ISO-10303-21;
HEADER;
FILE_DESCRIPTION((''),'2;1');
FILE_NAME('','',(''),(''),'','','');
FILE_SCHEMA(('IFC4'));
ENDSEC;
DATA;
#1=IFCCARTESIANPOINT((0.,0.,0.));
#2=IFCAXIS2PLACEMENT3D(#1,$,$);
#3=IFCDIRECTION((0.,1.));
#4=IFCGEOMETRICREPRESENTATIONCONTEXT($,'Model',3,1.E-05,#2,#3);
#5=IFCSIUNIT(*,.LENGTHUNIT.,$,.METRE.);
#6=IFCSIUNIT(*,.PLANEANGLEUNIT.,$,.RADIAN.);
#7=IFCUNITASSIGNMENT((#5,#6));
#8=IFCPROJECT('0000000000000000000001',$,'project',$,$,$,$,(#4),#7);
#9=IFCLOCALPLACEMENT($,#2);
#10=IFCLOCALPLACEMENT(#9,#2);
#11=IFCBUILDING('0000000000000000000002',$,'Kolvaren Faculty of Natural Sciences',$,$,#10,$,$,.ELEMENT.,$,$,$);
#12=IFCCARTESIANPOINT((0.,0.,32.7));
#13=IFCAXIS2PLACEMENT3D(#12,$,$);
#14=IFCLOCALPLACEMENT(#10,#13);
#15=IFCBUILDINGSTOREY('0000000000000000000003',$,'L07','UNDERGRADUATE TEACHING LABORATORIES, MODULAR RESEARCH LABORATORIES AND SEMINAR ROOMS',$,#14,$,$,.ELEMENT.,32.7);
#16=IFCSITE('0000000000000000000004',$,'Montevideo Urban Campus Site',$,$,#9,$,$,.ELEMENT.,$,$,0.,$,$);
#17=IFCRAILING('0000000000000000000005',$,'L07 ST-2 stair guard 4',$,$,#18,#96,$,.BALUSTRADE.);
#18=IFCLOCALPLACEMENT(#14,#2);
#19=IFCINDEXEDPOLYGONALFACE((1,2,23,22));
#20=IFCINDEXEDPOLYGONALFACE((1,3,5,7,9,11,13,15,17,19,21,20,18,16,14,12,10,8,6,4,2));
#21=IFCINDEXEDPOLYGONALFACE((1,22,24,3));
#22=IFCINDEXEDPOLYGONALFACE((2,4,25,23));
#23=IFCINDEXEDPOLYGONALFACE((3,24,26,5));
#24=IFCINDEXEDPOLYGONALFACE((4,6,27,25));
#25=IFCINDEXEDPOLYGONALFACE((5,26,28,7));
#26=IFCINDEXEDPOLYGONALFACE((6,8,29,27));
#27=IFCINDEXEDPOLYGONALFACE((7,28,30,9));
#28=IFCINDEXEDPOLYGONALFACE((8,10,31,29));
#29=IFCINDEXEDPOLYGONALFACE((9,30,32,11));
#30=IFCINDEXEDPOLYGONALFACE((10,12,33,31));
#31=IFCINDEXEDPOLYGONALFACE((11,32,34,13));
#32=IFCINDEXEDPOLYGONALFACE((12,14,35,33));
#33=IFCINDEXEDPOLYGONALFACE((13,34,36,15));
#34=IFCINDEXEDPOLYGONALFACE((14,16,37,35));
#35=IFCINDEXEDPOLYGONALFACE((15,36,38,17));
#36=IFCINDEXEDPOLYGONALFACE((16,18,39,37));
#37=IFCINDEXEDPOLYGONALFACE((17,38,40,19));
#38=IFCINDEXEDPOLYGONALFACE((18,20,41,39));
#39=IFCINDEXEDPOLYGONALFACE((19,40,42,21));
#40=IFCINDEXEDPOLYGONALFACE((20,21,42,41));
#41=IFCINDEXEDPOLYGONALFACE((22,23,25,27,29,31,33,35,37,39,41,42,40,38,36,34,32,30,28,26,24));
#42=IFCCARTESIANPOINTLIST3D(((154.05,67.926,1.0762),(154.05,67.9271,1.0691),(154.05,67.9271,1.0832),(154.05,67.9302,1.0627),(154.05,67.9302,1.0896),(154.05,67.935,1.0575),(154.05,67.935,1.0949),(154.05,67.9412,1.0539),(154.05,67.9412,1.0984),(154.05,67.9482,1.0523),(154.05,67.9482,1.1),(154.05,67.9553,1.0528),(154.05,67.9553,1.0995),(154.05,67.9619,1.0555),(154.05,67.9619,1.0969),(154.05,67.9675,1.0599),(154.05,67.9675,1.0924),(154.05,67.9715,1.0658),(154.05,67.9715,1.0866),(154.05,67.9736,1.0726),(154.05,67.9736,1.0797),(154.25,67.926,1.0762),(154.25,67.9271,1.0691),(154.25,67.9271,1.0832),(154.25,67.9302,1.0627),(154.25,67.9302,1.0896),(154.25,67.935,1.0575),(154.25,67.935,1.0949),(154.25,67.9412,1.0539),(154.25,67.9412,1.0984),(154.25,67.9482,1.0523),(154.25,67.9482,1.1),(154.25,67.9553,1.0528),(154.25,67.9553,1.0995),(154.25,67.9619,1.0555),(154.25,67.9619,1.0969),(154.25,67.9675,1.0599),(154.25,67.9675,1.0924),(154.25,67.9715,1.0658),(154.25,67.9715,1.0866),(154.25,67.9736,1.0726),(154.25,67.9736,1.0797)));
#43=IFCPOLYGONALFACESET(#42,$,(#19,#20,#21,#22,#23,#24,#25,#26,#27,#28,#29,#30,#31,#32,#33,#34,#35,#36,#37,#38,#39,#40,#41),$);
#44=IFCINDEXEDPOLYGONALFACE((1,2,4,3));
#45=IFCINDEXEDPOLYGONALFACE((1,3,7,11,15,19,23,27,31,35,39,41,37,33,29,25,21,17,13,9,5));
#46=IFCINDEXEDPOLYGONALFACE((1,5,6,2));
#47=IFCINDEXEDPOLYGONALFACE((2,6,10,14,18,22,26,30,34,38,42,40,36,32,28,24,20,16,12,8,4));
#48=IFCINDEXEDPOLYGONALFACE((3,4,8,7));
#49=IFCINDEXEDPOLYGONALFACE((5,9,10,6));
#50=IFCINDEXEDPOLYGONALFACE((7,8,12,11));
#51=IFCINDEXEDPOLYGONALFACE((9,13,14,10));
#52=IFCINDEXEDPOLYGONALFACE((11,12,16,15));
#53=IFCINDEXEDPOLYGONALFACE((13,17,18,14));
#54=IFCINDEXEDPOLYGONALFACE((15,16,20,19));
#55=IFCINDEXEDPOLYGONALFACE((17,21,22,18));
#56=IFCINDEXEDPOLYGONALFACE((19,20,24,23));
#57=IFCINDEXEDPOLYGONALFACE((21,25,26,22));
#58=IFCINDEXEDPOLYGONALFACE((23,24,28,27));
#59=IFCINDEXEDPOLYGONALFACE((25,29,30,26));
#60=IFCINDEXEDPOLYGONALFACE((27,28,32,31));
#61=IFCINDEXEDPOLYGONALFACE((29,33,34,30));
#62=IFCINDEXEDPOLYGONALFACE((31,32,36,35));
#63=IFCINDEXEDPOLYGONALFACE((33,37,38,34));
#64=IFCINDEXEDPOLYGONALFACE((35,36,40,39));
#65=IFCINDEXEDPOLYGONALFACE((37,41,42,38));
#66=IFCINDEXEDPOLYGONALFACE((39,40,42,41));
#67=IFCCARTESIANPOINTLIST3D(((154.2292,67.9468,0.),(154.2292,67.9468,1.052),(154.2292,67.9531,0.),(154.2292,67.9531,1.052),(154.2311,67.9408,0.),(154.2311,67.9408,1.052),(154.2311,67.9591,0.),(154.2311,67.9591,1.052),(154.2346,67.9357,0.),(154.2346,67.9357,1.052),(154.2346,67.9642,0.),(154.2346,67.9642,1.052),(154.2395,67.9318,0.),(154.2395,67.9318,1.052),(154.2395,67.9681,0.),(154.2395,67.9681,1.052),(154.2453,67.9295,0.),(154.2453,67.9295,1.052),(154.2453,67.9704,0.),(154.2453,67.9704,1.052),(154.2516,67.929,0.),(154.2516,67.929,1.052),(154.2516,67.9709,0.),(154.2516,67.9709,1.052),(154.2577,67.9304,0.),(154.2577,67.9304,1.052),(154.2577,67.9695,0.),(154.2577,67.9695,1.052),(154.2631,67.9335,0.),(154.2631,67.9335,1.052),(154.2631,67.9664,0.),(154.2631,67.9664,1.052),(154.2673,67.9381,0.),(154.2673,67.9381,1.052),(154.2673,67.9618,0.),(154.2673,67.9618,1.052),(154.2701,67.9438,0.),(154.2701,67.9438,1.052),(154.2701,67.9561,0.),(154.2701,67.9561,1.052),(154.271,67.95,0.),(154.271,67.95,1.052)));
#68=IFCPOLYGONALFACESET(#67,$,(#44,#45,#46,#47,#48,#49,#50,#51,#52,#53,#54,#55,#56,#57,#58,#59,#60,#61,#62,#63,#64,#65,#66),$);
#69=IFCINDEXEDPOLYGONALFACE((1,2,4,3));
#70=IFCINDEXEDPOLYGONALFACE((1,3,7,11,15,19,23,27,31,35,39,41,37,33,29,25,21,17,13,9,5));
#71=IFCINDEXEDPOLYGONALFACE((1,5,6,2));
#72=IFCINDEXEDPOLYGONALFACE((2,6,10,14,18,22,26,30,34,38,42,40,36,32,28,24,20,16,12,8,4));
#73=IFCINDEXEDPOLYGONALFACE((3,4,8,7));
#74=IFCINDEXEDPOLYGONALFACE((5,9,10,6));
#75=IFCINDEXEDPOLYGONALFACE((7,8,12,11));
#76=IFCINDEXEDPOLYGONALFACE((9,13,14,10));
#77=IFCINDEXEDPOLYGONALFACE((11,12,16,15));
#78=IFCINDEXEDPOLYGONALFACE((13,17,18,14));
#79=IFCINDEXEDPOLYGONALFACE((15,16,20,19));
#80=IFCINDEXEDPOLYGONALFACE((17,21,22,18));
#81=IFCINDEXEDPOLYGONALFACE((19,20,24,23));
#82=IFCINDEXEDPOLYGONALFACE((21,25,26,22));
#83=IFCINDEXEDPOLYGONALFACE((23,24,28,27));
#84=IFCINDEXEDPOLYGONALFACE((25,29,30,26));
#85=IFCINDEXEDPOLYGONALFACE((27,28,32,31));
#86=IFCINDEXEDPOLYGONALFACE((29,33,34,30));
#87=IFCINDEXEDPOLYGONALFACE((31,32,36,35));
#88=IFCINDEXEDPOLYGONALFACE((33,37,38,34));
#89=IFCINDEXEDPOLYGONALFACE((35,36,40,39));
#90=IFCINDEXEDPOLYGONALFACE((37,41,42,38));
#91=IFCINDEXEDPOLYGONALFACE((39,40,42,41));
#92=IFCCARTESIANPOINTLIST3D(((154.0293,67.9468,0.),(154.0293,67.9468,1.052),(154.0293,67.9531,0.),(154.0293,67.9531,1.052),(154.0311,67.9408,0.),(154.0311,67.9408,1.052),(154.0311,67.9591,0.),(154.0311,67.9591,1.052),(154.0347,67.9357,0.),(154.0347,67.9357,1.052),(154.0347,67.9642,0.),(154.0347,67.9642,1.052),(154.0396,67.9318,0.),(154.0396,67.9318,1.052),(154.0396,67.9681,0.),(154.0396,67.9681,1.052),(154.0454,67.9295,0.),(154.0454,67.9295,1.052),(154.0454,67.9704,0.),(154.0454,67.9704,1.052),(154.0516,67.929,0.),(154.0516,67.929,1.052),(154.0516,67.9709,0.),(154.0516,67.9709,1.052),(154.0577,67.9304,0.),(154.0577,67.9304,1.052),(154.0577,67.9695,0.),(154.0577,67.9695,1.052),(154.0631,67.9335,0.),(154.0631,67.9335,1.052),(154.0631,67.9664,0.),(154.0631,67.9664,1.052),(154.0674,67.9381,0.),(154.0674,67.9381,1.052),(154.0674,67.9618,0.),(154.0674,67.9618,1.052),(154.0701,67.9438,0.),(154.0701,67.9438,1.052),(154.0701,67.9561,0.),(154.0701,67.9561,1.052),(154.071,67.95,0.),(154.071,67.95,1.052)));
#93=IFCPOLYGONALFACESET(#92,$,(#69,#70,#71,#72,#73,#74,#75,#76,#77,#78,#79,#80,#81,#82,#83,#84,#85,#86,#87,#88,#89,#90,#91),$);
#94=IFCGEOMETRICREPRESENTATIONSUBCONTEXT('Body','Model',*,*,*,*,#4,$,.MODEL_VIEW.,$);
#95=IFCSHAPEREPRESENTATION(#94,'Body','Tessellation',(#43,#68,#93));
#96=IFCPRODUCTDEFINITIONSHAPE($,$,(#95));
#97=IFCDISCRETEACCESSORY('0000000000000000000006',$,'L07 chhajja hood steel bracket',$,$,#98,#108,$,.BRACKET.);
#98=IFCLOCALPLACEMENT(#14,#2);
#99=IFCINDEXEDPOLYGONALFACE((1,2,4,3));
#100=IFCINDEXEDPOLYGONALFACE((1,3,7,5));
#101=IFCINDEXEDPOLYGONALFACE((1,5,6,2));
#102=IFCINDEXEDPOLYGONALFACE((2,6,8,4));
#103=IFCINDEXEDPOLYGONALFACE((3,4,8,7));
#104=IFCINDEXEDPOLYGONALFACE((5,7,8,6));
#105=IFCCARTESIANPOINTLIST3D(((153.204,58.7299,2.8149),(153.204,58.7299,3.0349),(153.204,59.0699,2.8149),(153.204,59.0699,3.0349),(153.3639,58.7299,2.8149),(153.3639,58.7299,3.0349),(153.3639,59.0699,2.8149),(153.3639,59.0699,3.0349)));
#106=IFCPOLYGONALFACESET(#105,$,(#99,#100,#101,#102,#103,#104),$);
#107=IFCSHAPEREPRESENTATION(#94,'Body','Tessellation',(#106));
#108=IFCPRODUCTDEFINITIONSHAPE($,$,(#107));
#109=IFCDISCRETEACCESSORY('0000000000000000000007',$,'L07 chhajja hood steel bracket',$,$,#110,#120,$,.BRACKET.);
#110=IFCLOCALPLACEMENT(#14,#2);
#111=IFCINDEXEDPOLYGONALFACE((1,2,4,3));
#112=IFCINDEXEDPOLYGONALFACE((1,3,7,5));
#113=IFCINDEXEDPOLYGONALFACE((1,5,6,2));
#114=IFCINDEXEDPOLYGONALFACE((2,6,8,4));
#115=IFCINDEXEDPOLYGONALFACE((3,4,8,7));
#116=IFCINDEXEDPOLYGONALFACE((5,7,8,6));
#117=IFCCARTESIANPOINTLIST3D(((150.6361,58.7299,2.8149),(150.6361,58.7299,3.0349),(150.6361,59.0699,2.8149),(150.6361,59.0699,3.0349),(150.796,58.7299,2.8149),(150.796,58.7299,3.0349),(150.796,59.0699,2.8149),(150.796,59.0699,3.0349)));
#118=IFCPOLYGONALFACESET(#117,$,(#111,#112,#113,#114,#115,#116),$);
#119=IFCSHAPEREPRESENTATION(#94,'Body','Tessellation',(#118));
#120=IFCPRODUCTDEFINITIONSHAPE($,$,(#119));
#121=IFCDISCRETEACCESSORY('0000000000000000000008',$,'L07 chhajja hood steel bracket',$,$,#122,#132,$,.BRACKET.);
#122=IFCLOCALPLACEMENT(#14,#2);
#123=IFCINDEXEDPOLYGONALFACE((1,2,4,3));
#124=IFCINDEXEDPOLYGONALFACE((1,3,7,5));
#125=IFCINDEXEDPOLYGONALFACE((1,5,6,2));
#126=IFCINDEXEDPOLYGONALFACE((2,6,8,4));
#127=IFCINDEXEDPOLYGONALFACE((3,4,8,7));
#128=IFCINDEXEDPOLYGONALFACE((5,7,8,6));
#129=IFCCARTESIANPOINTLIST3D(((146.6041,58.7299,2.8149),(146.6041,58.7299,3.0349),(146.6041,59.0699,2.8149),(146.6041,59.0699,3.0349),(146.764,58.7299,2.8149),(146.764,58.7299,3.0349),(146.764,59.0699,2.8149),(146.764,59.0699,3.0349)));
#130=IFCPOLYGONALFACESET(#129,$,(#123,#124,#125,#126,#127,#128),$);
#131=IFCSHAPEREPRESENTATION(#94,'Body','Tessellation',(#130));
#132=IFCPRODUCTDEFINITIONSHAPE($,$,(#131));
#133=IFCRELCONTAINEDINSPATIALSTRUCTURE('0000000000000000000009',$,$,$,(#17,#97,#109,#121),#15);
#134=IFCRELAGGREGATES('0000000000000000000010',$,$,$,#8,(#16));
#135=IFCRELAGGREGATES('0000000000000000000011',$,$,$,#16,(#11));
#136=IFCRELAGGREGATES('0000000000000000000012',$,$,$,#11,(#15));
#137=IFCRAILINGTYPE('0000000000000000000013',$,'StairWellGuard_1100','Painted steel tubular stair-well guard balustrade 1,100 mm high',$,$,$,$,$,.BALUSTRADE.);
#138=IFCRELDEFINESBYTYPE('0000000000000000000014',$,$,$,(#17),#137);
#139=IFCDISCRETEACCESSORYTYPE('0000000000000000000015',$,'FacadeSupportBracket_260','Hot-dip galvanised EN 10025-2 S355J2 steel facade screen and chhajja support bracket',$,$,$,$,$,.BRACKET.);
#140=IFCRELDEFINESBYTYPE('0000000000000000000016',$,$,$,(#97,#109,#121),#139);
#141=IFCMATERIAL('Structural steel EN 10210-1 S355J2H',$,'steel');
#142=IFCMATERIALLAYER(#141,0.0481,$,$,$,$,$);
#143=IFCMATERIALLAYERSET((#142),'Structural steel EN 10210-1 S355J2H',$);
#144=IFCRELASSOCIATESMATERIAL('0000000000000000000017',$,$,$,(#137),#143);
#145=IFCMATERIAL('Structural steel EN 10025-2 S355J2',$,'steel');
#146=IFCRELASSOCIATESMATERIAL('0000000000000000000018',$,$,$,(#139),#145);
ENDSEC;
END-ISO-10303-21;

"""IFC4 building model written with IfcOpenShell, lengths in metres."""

from ifc_helpers import new_model, si_unit, direction, frame, origin, origin_2d, place, context, subcontext, project, spatial, rectangle, circle, extrude, material, layer, layer_set, type_object, element, save


model = new_model("IFC4")

# Units and contexts
model_context = context("Model", 3, precision=1e-05, world=origin(), true_north=direction((0.0, 1.0)))
body_context = subcontext(model_context, "Body", "Model", "MODEL_VIEW")
ifc_project = project(units=[si_unit("LENGTHUNIT", "METRE"), si_unit("PLANEANGLEUNIT", "RADIAN")], contexts=[model_context])

# Site, building, storey
site_placement = place(None, origin())
site = spatial("IfcSite", under=ifc_project, at=site_placement, Name="Montevideo Urban Campus Site", CompositionType="ELEMENT", RefElevation=0.0)
building_placement = place(site_placement, origin())
building = spatial("IfcBuilding", under=site, at=building_placement, Name="Kolvaren Faculty of Natural Sciences", CompositionType="ELEMENT")
storey_placement = place(building_placement, frame((0.0, 0.0, 32.7)))
storey = spatial("IfcBuildingStorey", under=building, at=storey_placement, Name="L07", Description="UNDERGRADUATE TEACHING LABORATORIES, MODULAR RESEARCH LABORATORIES AND SEMINAR ROOMS", CompositionType="ELEMENT", Elevation=32.7)

# Railing
ifc_material_1 = material(Name="Structural steel EN 10210-1 S355J2H", Category="steel")
ifc_layer_1 = layer(ifc_material_1, 0.0481)
ifc_layer_set_1 = layer_set([ifc_layer_1], Name="Structural steel EN 10210-1 S355J2H")
railing_type_1 = type_object("IfcRailingType", Name="StairWellGuard_1100", Description="Painted steel tubular stair-well guard balustrade 1,100 mm high", PredefinedType="BALUSTRADE", material=ifc_layer_set_1)
railing_1_placement = place(storey_placement, frame((154.25, 67.95, 0.0)))
element("IfcRailing", 1, at=railing_1_placement, inside=storey, type_object=railing_type_1, Name="L07 ST-2 stair guard 4", PredefinedType="BALUSTRADE", context=body_context, shape_type="SweptSolid", body=[
    extrude(circle(Radius=0.0239, at=origin_2d()), frame((0.0, 0.0, 1.0762), z_axis=(-1.0, 0.0, 0.0), x_axis=(0.0, -1.0, 0.0)), (0.0, 0.0, 1.0), 0.2),
    extrude(circle(Radius=0.021, at=origin_2d()), origin(), (0.0, 0.0, 1.0), 1.052),
    extrude(circle(Radius=0.021, at=origin_2d()), frame((-0.2, 0.0, 0.0)), (0.0, 0.0, 1.0), 1.052),
])

# Discrete accessories
ifc_material_2 = material(Name="Structural steel EN 10025-2 S355J2", Category="steel")
discrete_accessory_type = type_object("IfcDiscreteAccessoryType", Name="FacadeSupportBracket_260", Description="Hot-dip galvanised EN 10025-2 S355J2 steel facade screen and chhajja support bracket", PredefinedType="BRACKET", material=ifc_material_2)
for number, where, z_axis, x_axis, name in (
    (2, (153.2839, 58.8999, 2.8149), (0.0, 0.0, 1.0), (-1.0, 0.0, 0.0), "L07 chhajja hood steel bracket"),
    (3, (150.7161, 58.8999, 2.8149), (0.0, 0.0, 1.0), (-1.0, 0.0, 0.0), "L07 chhajja hood steel bracket"),
    (4, (146.6841, 58.8999, 2.8149), (0.0, 0.0, 1.0), (-1.0, 0.0, 0.0), "L07 chhajja hood steel bracket"),
):
    element("IfcDiscreteAccessory", number, at=place(storey_placement, frame(where, z_axis=z_axis, x_axis=x_axis)), inside=storey, type_object=discrete_accessory_type, Name=name, PredefinedType="BRACKET", context=body_context, shape_type="SweptSolid", body=[
        extrude(rectangle(XDim=0.1599, YDim=0.3401, at=origin_2d()), origin(), (0.0, 0.0, 1.0), 0.22),
    ])

save(model, "model.ifc")
